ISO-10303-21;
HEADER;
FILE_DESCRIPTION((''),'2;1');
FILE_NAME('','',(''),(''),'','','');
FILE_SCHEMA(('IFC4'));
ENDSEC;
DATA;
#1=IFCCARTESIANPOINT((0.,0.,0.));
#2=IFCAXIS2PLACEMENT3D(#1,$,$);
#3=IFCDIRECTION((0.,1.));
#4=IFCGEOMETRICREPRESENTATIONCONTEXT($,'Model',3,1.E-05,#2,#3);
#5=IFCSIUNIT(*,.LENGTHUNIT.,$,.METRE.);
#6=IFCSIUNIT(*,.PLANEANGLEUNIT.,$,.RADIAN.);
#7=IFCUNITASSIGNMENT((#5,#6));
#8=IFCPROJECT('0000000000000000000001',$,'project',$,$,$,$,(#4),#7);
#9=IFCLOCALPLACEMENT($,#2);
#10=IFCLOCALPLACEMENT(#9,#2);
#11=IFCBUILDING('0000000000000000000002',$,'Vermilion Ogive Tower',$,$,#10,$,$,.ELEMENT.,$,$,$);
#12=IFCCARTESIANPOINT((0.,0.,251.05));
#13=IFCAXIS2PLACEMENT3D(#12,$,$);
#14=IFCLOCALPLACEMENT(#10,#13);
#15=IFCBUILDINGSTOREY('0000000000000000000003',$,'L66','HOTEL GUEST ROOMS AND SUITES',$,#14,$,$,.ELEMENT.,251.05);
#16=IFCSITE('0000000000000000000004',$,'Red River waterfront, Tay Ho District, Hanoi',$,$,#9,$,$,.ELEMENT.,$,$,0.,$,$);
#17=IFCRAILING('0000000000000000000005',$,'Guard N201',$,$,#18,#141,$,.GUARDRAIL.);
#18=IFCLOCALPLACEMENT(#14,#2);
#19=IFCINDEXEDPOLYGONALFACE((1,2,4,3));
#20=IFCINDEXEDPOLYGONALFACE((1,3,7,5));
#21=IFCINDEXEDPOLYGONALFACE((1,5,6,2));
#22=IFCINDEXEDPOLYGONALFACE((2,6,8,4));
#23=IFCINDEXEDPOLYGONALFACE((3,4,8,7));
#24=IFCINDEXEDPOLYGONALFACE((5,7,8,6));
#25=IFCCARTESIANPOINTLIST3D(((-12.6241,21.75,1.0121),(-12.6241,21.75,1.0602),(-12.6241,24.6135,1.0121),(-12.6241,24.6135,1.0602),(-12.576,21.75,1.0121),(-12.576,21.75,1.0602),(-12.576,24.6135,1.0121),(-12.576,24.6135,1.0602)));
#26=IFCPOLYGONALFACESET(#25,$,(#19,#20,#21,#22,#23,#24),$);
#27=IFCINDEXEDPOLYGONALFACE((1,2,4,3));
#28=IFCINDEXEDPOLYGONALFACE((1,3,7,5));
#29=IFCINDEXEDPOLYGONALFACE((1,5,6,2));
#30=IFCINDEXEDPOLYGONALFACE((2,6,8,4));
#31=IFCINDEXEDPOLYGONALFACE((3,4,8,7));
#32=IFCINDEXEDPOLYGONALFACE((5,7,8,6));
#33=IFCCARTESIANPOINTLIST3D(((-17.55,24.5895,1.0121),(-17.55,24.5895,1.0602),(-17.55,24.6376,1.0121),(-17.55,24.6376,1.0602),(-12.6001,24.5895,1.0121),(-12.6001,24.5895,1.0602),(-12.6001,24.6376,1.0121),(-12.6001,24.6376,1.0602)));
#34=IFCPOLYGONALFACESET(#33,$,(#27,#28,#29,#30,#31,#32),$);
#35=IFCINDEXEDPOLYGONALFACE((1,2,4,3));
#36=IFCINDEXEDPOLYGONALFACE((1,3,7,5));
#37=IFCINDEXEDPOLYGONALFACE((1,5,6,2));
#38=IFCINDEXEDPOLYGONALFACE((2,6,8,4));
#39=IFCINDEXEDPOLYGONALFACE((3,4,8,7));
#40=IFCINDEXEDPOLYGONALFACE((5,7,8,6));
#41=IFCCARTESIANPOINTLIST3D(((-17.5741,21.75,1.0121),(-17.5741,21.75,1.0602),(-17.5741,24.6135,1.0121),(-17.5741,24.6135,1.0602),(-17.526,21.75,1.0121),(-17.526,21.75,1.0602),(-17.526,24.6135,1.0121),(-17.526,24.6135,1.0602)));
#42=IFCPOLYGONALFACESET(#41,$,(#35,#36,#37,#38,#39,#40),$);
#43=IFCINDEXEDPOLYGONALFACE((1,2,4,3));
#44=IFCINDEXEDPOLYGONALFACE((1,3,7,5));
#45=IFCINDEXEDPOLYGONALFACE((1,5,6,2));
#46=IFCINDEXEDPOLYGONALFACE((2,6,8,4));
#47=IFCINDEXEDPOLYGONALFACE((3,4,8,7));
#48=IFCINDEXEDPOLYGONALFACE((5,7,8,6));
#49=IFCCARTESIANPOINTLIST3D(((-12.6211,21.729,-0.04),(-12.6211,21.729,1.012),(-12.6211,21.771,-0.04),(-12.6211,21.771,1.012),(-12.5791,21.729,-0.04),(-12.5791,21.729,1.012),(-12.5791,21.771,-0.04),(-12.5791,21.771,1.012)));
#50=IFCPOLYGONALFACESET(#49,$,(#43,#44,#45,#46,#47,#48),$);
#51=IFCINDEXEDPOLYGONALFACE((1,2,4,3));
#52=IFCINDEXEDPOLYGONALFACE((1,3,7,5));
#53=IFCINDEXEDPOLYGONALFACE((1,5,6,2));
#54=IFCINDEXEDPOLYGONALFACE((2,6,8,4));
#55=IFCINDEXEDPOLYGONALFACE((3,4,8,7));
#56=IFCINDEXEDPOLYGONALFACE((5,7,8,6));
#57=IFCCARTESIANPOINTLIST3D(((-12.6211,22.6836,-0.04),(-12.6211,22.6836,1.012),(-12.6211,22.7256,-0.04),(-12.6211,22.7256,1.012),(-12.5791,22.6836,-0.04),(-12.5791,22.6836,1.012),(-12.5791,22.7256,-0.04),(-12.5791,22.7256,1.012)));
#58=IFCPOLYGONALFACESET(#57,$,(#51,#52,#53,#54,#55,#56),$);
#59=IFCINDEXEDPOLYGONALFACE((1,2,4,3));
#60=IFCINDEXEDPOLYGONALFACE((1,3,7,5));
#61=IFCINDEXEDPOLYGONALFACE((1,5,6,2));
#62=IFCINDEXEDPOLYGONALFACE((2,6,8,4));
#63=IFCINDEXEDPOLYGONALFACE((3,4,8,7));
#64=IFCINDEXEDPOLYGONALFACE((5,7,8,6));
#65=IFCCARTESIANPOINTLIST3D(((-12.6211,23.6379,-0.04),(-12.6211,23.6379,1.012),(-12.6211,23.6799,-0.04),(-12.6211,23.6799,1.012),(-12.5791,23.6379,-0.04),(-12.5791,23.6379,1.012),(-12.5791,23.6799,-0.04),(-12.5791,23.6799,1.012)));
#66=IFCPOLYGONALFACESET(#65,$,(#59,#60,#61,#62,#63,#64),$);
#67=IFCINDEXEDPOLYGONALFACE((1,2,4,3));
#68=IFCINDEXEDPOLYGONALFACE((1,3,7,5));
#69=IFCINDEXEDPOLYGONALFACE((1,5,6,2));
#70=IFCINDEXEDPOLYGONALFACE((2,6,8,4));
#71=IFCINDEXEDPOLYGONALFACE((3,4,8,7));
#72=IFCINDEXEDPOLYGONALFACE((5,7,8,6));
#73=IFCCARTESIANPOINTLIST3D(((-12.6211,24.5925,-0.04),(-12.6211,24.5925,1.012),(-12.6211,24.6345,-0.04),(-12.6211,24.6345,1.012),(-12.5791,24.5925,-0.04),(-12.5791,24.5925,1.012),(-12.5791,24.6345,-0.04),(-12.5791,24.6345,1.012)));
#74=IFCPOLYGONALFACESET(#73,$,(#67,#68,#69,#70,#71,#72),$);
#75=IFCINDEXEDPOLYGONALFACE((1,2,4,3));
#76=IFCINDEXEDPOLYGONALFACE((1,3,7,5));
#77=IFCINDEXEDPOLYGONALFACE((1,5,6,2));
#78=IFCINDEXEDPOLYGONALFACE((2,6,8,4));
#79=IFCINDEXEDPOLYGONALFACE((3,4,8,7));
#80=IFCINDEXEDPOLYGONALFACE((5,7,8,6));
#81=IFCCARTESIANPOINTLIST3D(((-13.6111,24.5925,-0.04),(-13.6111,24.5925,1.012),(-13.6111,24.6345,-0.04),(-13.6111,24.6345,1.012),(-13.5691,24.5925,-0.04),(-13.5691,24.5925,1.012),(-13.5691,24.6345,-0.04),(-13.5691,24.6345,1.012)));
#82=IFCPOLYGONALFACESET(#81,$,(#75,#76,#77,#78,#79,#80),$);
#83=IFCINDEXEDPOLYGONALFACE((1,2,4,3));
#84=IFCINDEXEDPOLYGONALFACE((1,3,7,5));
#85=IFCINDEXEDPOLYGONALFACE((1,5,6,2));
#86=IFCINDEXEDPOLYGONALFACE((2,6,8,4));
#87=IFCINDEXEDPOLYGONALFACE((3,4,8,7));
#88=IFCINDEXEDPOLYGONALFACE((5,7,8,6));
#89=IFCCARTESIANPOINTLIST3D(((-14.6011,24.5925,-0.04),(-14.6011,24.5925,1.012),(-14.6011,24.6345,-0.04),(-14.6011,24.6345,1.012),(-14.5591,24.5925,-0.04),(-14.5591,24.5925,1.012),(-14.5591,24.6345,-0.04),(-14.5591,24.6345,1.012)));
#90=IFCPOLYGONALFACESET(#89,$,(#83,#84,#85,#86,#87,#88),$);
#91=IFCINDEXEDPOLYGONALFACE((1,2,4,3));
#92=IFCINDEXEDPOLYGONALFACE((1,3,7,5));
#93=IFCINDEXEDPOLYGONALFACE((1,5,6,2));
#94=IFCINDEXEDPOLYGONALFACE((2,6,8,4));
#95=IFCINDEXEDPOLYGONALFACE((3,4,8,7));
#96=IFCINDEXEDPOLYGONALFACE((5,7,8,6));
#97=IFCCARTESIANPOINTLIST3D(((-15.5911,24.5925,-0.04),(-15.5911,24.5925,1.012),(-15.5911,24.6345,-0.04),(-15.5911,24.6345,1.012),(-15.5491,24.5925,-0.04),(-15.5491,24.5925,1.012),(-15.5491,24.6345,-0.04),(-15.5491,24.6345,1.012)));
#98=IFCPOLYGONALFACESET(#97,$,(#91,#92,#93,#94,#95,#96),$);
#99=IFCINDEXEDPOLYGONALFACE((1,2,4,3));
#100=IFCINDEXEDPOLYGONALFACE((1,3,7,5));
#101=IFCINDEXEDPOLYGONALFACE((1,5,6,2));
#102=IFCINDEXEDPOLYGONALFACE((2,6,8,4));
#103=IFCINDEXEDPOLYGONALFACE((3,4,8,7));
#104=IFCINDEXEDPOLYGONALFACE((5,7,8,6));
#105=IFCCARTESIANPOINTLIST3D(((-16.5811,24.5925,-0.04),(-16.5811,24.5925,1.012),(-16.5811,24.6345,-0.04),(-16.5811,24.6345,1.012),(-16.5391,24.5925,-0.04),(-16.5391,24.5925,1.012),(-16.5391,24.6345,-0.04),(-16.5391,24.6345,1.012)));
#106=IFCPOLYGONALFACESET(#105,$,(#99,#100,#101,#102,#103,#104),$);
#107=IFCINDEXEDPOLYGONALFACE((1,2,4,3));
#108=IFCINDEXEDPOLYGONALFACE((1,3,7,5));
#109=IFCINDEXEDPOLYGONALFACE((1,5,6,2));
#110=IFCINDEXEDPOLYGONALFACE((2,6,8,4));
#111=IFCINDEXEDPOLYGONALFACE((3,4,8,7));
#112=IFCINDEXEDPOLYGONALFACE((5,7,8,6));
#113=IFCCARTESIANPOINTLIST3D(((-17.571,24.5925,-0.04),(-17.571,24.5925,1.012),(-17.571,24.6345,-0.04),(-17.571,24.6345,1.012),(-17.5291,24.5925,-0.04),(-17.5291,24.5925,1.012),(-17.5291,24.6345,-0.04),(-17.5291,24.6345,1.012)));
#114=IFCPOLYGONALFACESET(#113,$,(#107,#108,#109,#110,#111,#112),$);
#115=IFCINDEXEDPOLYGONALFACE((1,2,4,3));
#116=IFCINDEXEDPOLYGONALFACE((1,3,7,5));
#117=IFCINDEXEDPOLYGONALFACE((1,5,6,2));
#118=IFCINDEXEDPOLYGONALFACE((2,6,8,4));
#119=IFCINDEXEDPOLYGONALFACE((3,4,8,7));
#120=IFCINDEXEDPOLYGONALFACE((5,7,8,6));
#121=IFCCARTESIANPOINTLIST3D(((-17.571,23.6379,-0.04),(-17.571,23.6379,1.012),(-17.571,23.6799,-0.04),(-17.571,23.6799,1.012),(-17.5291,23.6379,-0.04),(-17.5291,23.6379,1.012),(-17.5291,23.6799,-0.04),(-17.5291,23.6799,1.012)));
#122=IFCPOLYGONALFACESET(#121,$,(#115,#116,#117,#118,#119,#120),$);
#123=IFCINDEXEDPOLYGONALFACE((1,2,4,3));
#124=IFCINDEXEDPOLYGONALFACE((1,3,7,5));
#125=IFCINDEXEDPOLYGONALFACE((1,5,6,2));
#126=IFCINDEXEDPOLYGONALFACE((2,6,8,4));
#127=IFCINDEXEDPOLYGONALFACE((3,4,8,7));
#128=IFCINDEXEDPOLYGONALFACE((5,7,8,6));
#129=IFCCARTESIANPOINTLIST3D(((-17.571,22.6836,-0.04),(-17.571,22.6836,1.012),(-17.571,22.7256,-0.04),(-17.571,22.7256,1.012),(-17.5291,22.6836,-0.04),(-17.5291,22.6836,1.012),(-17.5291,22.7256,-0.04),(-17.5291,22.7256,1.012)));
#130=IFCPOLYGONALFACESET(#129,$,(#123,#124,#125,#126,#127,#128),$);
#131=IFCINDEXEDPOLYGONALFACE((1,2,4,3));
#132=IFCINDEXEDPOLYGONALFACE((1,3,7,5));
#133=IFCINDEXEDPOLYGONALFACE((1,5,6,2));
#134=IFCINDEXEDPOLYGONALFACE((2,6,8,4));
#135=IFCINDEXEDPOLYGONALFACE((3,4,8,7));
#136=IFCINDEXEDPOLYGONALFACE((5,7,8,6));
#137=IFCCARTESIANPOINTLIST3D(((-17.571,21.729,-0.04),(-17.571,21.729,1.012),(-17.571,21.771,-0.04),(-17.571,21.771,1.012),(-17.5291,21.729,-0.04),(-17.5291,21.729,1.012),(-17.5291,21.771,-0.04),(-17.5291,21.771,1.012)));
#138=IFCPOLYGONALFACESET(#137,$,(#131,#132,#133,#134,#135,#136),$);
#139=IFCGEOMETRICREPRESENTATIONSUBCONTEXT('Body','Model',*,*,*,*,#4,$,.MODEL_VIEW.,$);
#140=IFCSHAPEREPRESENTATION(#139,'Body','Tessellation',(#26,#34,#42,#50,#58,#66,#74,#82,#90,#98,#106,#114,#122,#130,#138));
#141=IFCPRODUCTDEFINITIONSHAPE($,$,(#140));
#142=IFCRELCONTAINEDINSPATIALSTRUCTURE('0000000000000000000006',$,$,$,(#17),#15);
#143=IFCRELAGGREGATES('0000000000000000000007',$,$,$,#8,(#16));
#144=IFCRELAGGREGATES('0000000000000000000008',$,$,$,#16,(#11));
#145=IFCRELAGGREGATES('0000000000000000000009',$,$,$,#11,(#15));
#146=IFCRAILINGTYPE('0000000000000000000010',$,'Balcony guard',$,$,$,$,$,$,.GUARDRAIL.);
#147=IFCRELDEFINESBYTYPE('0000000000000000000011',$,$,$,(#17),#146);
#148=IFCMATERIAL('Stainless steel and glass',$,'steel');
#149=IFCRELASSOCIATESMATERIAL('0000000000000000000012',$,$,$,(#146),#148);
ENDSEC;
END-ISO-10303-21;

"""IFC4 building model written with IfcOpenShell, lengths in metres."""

from ifc_helpers import new_model, si_unit, direction, frame, origin, origin_2d, place, context, subcontext, project, spatial, rectangle, extrude, material, type_object, element, save


model = new_model("IFC4")

# Units and contexts
model_context = context("Model", 3, precision=1e-05, world=origin(), true_north=direction((0.0, 1.0)))
body_context = subcontext(model_context, "Body", "Model", "MODEL_VIEW")
ifc_project = project(units=[si_unit("LENGTHUNIT", "METRE"), si_unit("PLANEANGLEUNIT", "RADIAN")], contexts=[model_context])

# Site, building, storey
site_placement = place(None, origin())
site = spatial("IfcSite", under=ifc_project, at=site_placement, Name="Red River waterfront, Tay Ho District, Hanoi", CompositionType="ELEMENT", RefElevation=0.0)
building_placement = place(site_placement, origin())
building = spatial("IfcBuilding", under=site, at=building_placement, Name="Vermilion Ogive Tower", CompositionType="ELEMENT")
storey_placement = place(building_placement, frame((0.0, 0.0, 251.05)))
storey = spatial("IfcBuildingStorey", under=building, at=storey_placement, Name="L66", Description="HOTEL GUEST ROOMS AND SUITES", CompositionType="ELEMENT", Elevation=251.05)

# Railing
ifc_material_1 = material(Name="Stainless steel and glass", Category="steel")
railing_type_1 = type_object("IfcRailingType", Name="Balcony guard", PredefinedType="GUARDRAIL", material=ifc_material_1)
railing_1_placement = place(storey_placement, frame((-12.6001, 21.75, -0.04)))
element("IfcRailing", 1, at=railing_1_placement, inside=storey, type_object=railing_type_1, Name="Guard N201", PredefinedType="GUARDRAIL", context=body_context, shape_type="SweptSolid", body=[
    extrude(rectangle(XDim=0.0481, YDim=0.0481, at=origin_2d()), frame((0.0, 0.0, 1.0762), z_axis=(0.0, 1.0, 0.0), x_axis=(-1.0, 0.0, 0.0)), (0.0, 0.0, 1.0), 2.8635),
    extrude(rectangle(XDim=0.0481, YDim=0.0481, at=origin_2d()), frame((0.0, 2.8635, 1.0762), z_axis=(-1.0, 0.0, 0.0), x_axis=(0.0, -1.0, 0.0)), (0.0, 0.0, 1.0), 4.95),
    extrude(rectangle(XDim=0.0481, YDim=0.0481, at=origin_2d()), frame((-4.95, 2.8635, 1.0762), z_axis=(0.0, -1.0, 0.0), x_axis=(1.0, 0.0, 0.0)), (0.0, 0.0, 1.0), 2.8635),
    extrude(rectangle(XDim=0.042, YDim=0.042, at=origin_2d()), origin(), (0.0, 0.0, 1.0), 1.052),
    extrude(rectangle(XDim=0.042, YDim=0.042, at=origin_2d()), frame((0.0, 0.9546, 0.0)), (0.0, 0.0, 1.0), 1.052),
    extrude(rectangle(XDim=0.042, YDim=0.042, at=origin_2d()), frame((0.0, 1.9089, 0.0)), (0.0, 0.0, 1.0), 1.052),
    extrude(rectangle(XDim=0.042, YDim=0.042, at=origin_2d()), frame((0.0, 2.8635, 0.0)), (0.0, 0.0, 1.0), 1.052),
    extrude(rectangle(XDim=0.042, YDim=0.042, at=origin_2d()), frame((-0.99, 2.8635, 0.0)), (0.0, 0.0, 1.0), 1.052),
    extrude(rectangle(XDim=0.042, YDim=0.042, at=origin_2d()), frame((-1.98, 2.8635, 0.0)), (0.0, 0.0, 1.0), 1.052),
    extrude(rectangle(XDim=0.042, YDim=0.042, at=origin_2d()), frame((-2.97, 2.8635, 0.0)), (0.0, 0.0, 1.0), 1.052),
    extrude(rectangle(XDim=0.042, YDim=0.042, at=origin_2d()), frame((-3.96, 2.8635, 0.0)), (0.0, 0.0, 1.0), 1.052),
    extrude(rectangle(XDim=0.042, YDim=0.042, at=origin_2d()), frame((-4.95, 2.8635, 0.0)), (0.0, 0.0, 1.0), 1.052),
    extrude(rectangle(XDim=0.042, YDim=0.042, at=origin_2d()), frame((-4.95, 1.9089, 0.0)), (0.0, 0.0, 1.0), 1.052),
    extrude(rectangle(XDim=0.042, YDim=0.042, at=origin_2d()), frame((-4.95, 0.9546, 0.0)), (0.0, 0.0, 1.0), 1.052),
    extrude(rectangle(XDim=0.042, YDim=0.042, at=origin_2d()), frame((-4.95, 0.0, 0.0)), (0.0, 0.0, 1.0), 1.052),
])

save(model, "model.ifc")
